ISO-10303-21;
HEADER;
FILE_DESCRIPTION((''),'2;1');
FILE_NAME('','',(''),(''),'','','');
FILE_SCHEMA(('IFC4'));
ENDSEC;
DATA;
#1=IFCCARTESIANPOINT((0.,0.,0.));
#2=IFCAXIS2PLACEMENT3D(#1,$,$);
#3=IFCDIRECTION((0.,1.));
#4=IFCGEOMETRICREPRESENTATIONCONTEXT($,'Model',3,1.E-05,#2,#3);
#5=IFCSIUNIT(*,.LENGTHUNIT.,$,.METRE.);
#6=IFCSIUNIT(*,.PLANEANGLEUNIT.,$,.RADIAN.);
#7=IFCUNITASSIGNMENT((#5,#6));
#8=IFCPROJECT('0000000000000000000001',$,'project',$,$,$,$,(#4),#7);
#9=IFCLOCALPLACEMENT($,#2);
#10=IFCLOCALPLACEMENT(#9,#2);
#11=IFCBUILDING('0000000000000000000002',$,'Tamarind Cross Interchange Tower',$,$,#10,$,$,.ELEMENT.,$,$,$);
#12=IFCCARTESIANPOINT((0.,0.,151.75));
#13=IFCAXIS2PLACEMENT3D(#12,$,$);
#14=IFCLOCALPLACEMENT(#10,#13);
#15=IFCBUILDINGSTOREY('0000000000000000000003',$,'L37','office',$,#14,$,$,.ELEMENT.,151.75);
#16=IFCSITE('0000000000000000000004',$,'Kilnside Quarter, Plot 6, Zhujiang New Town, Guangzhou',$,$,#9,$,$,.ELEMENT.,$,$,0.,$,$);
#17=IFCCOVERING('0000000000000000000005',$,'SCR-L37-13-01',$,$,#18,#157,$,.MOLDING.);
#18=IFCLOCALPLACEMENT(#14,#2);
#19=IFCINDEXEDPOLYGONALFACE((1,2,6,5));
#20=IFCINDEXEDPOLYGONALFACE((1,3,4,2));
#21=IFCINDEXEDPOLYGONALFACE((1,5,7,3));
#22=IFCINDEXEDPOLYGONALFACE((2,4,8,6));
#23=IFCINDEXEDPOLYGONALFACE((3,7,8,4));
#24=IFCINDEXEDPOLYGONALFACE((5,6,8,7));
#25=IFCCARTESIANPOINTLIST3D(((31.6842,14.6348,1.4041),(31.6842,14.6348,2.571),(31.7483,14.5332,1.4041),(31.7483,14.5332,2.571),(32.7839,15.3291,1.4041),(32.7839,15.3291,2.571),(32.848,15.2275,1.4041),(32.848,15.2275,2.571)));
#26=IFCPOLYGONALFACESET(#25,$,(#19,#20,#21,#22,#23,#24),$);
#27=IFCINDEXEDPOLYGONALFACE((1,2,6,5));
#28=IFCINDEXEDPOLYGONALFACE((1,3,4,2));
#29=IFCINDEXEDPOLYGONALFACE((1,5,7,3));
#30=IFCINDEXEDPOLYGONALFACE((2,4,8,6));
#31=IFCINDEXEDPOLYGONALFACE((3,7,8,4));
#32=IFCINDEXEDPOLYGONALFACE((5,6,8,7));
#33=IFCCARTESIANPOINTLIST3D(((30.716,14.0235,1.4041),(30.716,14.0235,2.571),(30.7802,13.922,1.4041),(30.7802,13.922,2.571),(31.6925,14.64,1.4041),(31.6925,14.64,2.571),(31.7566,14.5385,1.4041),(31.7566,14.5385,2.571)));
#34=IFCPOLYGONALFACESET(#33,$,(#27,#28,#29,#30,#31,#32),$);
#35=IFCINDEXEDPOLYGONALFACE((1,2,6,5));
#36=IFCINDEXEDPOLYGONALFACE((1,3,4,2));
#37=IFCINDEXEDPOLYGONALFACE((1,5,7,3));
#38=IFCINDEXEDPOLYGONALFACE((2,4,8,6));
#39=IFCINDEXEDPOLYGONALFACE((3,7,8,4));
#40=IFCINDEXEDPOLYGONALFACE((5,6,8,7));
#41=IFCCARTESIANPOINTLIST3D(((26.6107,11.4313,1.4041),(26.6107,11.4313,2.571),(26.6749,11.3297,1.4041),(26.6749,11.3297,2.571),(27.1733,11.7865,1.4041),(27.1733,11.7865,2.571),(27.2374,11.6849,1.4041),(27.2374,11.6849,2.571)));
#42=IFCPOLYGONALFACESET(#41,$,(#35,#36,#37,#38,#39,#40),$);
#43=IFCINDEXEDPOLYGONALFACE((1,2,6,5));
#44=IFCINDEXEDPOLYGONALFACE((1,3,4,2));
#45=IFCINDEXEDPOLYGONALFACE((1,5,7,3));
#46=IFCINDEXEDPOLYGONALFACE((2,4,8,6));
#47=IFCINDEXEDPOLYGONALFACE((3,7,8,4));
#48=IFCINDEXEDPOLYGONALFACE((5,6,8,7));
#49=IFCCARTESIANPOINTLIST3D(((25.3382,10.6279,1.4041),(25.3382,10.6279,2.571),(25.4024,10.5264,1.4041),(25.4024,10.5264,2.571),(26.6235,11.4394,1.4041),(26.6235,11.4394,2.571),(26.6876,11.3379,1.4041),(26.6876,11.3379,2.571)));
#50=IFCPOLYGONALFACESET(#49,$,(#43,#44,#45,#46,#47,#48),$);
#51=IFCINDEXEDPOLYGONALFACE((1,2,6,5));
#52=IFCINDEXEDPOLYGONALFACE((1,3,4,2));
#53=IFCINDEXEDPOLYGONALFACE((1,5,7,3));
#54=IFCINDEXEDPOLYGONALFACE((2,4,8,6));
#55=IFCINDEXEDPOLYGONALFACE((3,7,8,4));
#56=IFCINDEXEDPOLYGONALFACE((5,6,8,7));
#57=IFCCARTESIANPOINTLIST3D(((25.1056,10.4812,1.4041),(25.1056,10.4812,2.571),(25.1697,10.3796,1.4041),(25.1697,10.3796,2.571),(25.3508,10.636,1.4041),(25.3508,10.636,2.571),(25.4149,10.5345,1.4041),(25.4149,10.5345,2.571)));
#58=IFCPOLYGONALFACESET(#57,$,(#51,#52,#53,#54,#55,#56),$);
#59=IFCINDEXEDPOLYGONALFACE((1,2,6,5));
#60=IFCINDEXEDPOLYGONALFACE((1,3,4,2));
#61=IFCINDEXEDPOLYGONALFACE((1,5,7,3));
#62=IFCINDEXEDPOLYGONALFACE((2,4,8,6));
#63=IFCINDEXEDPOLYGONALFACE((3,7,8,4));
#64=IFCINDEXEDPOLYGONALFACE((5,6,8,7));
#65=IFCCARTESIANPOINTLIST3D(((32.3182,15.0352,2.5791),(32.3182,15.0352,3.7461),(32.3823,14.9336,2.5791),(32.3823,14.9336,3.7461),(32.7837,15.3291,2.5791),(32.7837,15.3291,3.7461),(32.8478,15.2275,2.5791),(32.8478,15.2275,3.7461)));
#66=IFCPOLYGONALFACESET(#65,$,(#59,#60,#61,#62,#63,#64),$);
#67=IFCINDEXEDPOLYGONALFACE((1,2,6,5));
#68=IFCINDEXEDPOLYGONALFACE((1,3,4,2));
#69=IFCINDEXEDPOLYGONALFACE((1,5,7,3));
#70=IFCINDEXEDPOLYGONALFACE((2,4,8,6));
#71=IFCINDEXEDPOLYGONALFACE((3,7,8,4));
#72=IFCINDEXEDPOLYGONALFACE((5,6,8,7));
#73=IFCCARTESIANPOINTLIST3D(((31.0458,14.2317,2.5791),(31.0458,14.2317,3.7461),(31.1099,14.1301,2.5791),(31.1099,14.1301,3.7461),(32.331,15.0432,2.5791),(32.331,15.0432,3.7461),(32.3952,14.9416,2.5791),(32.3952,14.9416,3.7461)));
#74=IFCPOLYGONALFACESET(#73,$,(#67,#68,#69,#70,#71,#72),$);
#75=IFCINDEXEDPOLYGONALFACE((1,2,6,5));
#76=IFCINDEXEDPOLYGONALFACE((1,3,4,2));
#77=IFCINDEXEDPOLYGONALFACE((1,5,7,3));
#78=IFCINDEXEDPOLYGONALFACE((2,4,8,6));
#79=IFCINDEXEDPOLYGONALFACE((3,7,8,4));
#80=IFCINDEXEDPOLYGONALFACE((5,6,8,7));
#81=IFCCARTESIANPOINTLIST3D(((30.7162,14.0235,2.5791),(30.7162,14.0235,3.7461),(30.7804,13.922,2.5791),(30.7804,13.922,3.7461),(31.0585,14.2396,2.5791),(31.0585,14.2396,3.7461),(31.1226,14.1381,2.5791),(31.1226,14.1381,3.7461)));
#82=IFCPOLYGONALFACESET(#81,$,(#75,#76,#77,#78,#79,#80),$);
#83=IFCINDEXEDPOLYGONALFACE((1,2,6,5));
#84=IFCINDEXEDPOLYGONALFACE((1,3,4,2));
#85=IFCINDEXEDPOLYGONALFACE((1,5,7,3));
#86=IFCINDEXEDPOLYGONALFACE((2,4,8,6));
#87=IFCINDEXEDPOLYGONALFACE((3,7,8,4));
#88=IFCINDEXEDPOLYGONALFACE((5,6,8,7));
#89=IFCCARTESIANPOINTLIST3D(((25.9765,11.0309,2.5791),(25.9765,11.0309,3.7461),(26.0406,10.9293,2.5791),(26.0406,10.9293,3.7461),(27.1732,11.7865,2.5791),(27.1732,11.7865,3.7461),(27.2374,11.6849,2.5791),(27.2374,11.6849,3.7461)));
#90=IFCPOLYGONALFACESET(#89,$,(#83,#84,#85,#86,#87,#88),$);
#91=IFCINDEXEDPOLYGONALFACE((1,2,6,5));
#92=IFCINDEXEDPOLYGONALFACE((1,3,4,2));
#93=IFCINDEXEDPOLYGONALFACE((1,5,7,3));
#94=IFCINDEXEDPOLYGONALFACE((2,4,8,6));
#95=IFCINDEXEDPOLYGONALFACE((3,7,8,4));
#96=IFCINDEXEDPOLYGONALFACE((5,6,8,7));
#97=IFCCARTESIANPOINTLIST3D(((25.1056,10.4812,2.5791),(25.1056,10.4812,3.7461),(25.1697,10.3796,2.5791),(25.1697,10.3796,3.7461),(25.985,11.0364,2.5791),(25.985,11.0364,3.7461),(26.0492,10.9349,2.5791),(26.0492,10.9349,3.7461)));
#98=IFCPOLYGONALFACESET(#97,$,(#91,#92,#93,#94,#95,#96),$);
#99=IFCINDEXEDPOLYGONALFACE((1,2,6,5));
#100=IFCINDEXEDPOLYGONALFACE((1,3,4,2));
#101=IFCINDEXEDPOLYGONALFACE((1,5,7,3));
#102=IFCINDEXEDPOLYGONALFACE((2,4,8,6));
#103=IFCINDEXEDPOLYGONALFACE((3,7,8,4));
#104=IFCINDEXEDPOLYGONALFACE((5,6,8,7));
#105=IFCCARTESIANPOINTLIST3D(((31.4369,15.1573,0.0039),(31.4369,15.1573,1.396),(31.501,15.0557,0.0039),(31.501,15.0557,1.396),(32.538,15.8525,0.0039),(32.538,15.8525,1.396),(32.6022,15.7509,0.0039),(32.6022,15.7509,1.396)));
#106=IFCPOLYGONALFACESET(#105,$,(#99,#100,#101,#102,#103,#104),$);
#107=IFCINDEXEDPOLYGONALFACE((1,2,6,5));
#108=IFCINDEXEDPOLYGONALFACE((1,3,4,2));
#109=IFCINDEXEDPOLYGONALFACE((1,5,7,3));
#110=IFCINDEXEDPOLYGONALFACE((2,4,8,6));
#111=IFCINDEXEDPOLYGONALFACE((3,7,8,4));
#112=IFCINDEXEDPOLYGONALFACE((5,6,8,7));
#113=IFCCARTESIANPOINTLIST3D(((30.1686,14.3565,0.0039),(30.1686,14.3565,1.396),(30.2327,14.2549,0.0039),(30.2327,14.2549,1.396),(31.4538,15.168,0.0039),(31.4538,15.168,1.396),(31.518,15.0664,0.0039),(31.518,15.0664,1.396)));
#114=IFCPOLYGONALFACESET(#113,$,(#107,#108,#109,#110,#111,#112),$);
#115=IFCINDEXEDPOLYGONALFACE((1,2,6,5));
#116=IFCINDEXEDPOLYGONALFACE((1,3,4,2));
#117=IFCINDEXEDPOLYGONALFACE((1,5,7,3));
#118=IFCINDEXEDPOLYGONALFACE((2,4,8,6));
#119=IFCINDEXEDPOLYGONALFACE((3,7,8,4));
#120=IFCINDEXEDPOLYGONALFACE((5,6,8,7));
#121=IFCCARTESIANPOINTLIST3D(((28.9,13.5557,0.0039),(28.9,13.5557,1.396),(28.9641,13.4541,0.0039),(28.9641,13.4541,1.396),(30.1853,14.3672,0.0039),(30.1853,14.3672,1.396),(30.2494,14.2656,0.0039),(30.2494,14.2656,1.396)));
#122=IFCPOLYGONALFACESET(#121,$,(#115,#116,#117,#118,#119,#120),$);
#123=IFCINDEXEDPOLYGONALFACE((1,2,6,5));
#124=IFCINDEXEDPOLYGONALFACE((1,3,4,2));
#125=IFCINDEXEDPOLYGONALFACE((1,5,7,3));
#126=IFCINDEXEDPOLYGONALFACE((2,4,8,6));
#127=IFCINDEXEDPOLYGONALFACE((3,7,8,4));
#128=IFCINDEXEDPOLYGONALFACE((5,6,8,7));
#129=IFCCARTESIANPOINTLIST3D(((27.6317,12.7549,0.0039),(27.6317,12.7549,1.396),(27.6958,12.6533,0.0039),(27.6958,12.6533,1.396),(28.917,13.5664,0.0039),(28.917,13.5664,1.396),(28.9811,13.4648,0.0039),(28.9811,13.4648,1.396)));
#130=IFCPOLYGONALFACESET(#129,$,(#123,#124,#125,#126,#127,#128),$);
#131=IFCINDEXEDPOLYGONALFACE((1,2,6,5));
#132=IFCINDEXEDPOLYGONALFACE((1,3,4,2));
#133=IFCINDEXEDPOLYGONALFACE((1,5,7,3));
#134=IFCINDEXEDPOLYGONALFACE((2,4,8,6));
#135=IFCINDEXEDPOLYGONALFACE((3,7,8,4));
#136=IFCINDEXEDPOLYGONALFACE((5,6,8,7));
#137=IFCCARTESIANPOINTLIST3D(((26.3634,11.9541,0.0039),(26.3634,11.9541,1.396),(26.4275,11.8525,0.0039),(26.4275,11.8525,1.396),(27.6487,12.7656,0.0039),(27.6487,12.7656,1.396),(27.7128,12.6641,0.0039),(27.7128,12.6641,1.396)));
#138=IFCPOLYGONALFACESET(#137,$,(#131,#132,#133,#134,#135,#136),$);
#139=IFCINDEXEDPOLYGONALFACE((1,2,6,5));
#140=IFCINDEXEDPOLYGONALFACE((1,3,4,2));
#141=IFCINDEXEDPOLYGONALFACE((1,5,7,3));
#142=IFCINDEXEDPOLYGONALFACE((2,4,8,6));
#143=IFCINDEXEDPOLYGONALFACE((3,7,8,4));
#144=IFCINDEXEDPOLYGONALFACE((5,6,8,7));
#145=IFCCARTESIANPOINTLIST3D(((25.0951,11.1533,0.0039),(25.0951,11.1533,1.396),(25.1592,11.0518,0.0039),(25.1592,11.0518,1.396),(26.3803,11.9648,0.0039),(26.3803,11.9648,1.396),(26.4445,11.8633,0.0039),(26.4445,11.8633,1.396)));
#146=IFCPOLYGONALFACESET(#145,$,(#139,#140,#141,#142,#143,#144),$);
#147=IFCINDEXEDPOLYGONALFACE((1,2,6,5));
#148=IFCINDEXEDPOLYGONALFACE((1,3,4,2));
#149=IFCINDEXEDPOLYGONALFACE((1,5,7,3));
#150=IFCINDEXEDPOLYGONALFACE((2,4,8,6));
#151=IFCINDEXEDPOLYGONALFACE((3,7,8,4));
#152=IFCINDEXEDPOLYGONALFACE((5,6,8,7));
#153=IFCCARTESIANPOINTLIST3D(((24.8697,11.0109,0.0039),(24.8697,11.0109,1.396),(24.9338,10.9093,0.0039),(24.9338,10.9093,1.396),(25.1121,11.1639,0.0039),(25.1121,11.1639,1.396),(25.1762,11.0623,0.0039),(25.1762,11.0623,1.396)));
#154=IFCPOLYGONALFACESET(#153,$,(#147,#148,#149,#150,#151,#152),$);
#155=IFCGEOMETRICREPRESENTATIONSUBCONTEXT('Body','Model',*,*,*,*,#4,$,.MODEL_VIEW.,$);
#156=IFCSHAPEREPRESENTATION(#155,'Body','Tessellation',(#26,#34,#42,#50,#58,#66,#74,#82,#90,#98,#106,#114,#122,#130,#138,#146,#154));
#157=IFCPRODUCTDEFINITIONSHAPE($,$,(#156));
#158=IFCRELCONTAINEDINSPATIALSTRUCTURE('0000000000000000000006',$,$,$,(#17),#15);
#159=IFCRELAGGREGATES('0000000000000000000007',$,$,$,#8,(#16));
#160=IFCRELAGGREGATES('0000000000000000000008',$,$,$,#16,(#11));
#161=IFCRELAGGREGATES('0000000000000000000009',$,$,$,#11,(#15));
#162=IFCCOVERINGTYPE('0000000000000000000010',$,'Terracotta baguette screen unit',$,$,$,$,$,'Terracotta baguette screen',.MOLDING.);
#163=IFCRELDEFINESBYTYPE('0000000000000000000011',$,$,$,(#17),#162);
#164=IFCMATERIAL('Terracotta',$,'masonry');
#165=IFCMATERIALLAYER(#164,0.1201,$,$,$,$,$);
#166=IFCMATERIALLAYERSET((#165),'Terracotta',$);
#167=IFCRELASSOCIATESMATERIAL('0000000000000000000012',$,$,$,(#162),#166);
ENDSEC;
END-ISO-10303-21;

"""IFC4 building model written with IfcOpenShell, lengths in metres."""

from ifc_helpers import new_model, si_unit, direction, frame, origin, origin_2d, place, context, subcontext, project, spatial, rectangle, extrude, material, layer, layer_set, type_object, element, save


model = new_model("IFC4")

# Units and contexts
model_context = context("Model", 3, precision=1e-05, world=origin(), true_north=direction((0.0, 1.0)))
body_context = subcontext(model_context, "Body", "Model", "MODEL_VIEW")
ifc_project = project(units=[si_unit("LENGTHUNIT", "METRE"), si_unit("PLANEANGLEUNIT", "RADIAN")], contexts=[model_context])

# Site, building, storey
site_placement = place(None, origin())
site = spatial("IfcSite", under=ifc_project, at=site_placement, Name="Kilnside Quarter, Plot 6, Zhujiang New Town, Guangzhou", CompositionType="ELEMENT", RefElevation=0.0)
building_placement = place(site_placement, origin())
building = spatial("IfcBuilding", under=site, at=building_placement, Name="Tamarind Cross Interchange Tower", CompositionType="ELEMENT")
storey_placement = place(building_placement, frame((0.0, 0.0, 151.75)))
storey = spatial("IfcBuildingStorey", under=building, at=storey_placement, Name="L37", Description="office", CompositionType="ELEMENT", Elevation=151.75)

# Covering
ifc_material_1 = material(Name="Terracotta", Category="masonry")
ifc_layer_1 = layer(ifc_material_1, 0.1201)
ifc_layer_set_1 = layer_set([ifc_layer_1], Name="Terracotta")
covering_type = type_object("IfcCoveringType", Name="Terracotta baguette screen unit", ElementType="Terracotta baguette screen", PredefinedType="MOLDING", material=ifc_layer_set_1)
covering_1_placement = place(storey_placement, origin())
element("IfcCovering", 1, at=covering_1_placement, inside=storey, type_object=covering_type, Name="SCR-L37-13-01", PredefinedType="MOLDING", context=body_context, shape_type="SweptSolid", body=[
    extrude(rectangle(XDim=1.3005, YDim=0.1201, at=origin_2d()), frame((32.2661, 14.9312, 1.4041), z_axis=(0.0, 0.0, 1.0), x_axis=(-0.84556, -0.533881, 0.0)), (0.0, 0.0, 1.0), 1.167),
    extrude(rectangle(XDim=1.1548, YDim=0.1201, at=origin_2d()), frame((31.2363, 14.281, 1.4041), z_axis=(0.0, 0.0, 1.0), x_axis=(-0.84556, -0.533881, 0.0)), (0.0, 0.0, 1.0), 1.167),
    extrude(rectangle(XDim=0.6653, YDim=0.1201, at=origin_2d()), frame((26.9241, 11.5581, 1.4041), z_axis=(0.0, 0.0, 1.0), x_axis=(-0.84556, -0.533881, 0.0)), (0.0, 0.0, 1.0), 1.167),
    extrude(rectangle(XDim=1.52, YDim=0.1201, at=origin_2d()), frame((26.0129, 10.9829, 1.4041), z_axis=(0.0, 0.0, 1.0), x_axis=(-0.84556, -0.533881, 0.0)), (0.0, 0.0, 1.0), 1.167),
    extrude(rectangle(XDim=0.29, YDim=0.1201, at=origin_2d()), frame((25.2603, 10.5078, 1.4041), z_axis=(0.0, 0.0, 1.0), x_axis=(-0.84556, -0.533881, 0.0)), (0.0, 0.0, 1.0), 1.167),
    extrude(rectangle(XDim=0.5505, YDim=0.1201, at=origin_2d()), frame((32.583, 15.1313, 2.5791), z_axis=(0.0, 0.0, 1.0), x_axis=(-0.84556, -0.533881, 0.0)), (0.0, 0.0, 1.0), 1.167),
    extrude(rectangle(XDim=1.52, YDim=0.1201, at=origin_2d()), frame((31.7205, 14.5867, 2.5791), z_axis=(0.0, 0.0, 1.0), x_axis=(-0.84556, -0.533881, 0.0)), (0.0, 0.0, 1.0), 1.167),
    extrude(rectangle(XDim=0.4048, YDim=0.1201, at=origin_2d()), frame((30.9194, 14.0808, 2.5791), z_axis=(0.0, 0.0, 1.0), x_axis=(-0.84556, -0.533881, 0.0)), (0.0, 0.0, 1.0), 1.167),
    extrude(rectangle(XDim=1.4153, YDim=0.1201, at=origin_2d()), frame((26.6069, 11.3579, 2.5791), z_axis=(0.0, 0.0, 1.0), x_axis=(-0.84556, -0.533881, 0.0)), (0.0, 0.0, 1.0), 1.167),
    extrude(rectangle(XDim=1.04, YDim=0.1201, at=origin_2d()), frame((25.5774, 10.708, 2.5791), z_axis=(0.0, 0.0, 1.0), x_axis=(-0.84556, -0.533881, 0.0)), (0.0, 0.0, 1.0), 1.167),
    extrude(rectangle(XDim=1.3022, YDim=0.1201, at=origin_2d()), frame((32.0195, 15.4541, 0.0039), z_axis=(0.0, 0.0, 1.0), x_axis=(-0.84556, -0.533881, 0.0)), (0.0, 0.0, 1.0), 1.3921),
    extrude(rectangle(XDim=1.52, YDim=0.1201, at=origin_2d()), frame((30.8433, 14.7114, 0.0039), z_axis=(0.0, 0.0, 1.0), x_axis=(-0.84556, -0.533881, 0.0)), (0.0, 0.0, 1.0), 1.3921),
    extrude(rectangle(XDim=1.52, YDim=0.1201, at=origin_2d()), frame((29.5747, 13.9106, 0.0039), z_axis=(0.0, 0.0, 1.0), x_axis=(-0.84556, -0.533881, 0.0)), (0.0, 0.0, 1.0), 1.3921),
    extrude(rectangle(XDim=1.52, YDim=0.1201, at=origin_2d()), frame((28.3064, 13.1099, 0.0039), z_axis=(0.0, 0.0, 1.0), x_axis=(-0.84556, -0.533881, 0.0)), (0.0, 0.0, 1.0), 1.3921),
    extrude(rectangle(XDim=1.52, YDim=0.1201, at=origin_2d()), frame((27.0381, 12.3091, 0.0039), z_axis=(0.0, 0.0, 1.0), x_axis=(-0.84556, -0.533881, 0.0)), (0.0, 0.0, 1.0), 1.3921),
    extrude(rectangle(XDim=1.52, YDim=0.1201, at=origin_2d()), frame((25.7698, 11.5083, 0.0039), z_axis=(0.0, 0.0, 1.0), x_axis=(-0.84556, -0.533881, 0.0)), (0.0, 0.0, 1.0), 1.3921),
    extrude(rectangle(XDim=0.2866, YDim=0.1201, at=origin_2d()), frame((25.0229, 11.0366, 0.0039), z_axis=(0.0, 0.0, 1.0), x_axis=(-0.84556, -0.533881, 0.0)), (0.0, 0.0, 1.0), 1.3921),
])

save(model, "model.ifc")
